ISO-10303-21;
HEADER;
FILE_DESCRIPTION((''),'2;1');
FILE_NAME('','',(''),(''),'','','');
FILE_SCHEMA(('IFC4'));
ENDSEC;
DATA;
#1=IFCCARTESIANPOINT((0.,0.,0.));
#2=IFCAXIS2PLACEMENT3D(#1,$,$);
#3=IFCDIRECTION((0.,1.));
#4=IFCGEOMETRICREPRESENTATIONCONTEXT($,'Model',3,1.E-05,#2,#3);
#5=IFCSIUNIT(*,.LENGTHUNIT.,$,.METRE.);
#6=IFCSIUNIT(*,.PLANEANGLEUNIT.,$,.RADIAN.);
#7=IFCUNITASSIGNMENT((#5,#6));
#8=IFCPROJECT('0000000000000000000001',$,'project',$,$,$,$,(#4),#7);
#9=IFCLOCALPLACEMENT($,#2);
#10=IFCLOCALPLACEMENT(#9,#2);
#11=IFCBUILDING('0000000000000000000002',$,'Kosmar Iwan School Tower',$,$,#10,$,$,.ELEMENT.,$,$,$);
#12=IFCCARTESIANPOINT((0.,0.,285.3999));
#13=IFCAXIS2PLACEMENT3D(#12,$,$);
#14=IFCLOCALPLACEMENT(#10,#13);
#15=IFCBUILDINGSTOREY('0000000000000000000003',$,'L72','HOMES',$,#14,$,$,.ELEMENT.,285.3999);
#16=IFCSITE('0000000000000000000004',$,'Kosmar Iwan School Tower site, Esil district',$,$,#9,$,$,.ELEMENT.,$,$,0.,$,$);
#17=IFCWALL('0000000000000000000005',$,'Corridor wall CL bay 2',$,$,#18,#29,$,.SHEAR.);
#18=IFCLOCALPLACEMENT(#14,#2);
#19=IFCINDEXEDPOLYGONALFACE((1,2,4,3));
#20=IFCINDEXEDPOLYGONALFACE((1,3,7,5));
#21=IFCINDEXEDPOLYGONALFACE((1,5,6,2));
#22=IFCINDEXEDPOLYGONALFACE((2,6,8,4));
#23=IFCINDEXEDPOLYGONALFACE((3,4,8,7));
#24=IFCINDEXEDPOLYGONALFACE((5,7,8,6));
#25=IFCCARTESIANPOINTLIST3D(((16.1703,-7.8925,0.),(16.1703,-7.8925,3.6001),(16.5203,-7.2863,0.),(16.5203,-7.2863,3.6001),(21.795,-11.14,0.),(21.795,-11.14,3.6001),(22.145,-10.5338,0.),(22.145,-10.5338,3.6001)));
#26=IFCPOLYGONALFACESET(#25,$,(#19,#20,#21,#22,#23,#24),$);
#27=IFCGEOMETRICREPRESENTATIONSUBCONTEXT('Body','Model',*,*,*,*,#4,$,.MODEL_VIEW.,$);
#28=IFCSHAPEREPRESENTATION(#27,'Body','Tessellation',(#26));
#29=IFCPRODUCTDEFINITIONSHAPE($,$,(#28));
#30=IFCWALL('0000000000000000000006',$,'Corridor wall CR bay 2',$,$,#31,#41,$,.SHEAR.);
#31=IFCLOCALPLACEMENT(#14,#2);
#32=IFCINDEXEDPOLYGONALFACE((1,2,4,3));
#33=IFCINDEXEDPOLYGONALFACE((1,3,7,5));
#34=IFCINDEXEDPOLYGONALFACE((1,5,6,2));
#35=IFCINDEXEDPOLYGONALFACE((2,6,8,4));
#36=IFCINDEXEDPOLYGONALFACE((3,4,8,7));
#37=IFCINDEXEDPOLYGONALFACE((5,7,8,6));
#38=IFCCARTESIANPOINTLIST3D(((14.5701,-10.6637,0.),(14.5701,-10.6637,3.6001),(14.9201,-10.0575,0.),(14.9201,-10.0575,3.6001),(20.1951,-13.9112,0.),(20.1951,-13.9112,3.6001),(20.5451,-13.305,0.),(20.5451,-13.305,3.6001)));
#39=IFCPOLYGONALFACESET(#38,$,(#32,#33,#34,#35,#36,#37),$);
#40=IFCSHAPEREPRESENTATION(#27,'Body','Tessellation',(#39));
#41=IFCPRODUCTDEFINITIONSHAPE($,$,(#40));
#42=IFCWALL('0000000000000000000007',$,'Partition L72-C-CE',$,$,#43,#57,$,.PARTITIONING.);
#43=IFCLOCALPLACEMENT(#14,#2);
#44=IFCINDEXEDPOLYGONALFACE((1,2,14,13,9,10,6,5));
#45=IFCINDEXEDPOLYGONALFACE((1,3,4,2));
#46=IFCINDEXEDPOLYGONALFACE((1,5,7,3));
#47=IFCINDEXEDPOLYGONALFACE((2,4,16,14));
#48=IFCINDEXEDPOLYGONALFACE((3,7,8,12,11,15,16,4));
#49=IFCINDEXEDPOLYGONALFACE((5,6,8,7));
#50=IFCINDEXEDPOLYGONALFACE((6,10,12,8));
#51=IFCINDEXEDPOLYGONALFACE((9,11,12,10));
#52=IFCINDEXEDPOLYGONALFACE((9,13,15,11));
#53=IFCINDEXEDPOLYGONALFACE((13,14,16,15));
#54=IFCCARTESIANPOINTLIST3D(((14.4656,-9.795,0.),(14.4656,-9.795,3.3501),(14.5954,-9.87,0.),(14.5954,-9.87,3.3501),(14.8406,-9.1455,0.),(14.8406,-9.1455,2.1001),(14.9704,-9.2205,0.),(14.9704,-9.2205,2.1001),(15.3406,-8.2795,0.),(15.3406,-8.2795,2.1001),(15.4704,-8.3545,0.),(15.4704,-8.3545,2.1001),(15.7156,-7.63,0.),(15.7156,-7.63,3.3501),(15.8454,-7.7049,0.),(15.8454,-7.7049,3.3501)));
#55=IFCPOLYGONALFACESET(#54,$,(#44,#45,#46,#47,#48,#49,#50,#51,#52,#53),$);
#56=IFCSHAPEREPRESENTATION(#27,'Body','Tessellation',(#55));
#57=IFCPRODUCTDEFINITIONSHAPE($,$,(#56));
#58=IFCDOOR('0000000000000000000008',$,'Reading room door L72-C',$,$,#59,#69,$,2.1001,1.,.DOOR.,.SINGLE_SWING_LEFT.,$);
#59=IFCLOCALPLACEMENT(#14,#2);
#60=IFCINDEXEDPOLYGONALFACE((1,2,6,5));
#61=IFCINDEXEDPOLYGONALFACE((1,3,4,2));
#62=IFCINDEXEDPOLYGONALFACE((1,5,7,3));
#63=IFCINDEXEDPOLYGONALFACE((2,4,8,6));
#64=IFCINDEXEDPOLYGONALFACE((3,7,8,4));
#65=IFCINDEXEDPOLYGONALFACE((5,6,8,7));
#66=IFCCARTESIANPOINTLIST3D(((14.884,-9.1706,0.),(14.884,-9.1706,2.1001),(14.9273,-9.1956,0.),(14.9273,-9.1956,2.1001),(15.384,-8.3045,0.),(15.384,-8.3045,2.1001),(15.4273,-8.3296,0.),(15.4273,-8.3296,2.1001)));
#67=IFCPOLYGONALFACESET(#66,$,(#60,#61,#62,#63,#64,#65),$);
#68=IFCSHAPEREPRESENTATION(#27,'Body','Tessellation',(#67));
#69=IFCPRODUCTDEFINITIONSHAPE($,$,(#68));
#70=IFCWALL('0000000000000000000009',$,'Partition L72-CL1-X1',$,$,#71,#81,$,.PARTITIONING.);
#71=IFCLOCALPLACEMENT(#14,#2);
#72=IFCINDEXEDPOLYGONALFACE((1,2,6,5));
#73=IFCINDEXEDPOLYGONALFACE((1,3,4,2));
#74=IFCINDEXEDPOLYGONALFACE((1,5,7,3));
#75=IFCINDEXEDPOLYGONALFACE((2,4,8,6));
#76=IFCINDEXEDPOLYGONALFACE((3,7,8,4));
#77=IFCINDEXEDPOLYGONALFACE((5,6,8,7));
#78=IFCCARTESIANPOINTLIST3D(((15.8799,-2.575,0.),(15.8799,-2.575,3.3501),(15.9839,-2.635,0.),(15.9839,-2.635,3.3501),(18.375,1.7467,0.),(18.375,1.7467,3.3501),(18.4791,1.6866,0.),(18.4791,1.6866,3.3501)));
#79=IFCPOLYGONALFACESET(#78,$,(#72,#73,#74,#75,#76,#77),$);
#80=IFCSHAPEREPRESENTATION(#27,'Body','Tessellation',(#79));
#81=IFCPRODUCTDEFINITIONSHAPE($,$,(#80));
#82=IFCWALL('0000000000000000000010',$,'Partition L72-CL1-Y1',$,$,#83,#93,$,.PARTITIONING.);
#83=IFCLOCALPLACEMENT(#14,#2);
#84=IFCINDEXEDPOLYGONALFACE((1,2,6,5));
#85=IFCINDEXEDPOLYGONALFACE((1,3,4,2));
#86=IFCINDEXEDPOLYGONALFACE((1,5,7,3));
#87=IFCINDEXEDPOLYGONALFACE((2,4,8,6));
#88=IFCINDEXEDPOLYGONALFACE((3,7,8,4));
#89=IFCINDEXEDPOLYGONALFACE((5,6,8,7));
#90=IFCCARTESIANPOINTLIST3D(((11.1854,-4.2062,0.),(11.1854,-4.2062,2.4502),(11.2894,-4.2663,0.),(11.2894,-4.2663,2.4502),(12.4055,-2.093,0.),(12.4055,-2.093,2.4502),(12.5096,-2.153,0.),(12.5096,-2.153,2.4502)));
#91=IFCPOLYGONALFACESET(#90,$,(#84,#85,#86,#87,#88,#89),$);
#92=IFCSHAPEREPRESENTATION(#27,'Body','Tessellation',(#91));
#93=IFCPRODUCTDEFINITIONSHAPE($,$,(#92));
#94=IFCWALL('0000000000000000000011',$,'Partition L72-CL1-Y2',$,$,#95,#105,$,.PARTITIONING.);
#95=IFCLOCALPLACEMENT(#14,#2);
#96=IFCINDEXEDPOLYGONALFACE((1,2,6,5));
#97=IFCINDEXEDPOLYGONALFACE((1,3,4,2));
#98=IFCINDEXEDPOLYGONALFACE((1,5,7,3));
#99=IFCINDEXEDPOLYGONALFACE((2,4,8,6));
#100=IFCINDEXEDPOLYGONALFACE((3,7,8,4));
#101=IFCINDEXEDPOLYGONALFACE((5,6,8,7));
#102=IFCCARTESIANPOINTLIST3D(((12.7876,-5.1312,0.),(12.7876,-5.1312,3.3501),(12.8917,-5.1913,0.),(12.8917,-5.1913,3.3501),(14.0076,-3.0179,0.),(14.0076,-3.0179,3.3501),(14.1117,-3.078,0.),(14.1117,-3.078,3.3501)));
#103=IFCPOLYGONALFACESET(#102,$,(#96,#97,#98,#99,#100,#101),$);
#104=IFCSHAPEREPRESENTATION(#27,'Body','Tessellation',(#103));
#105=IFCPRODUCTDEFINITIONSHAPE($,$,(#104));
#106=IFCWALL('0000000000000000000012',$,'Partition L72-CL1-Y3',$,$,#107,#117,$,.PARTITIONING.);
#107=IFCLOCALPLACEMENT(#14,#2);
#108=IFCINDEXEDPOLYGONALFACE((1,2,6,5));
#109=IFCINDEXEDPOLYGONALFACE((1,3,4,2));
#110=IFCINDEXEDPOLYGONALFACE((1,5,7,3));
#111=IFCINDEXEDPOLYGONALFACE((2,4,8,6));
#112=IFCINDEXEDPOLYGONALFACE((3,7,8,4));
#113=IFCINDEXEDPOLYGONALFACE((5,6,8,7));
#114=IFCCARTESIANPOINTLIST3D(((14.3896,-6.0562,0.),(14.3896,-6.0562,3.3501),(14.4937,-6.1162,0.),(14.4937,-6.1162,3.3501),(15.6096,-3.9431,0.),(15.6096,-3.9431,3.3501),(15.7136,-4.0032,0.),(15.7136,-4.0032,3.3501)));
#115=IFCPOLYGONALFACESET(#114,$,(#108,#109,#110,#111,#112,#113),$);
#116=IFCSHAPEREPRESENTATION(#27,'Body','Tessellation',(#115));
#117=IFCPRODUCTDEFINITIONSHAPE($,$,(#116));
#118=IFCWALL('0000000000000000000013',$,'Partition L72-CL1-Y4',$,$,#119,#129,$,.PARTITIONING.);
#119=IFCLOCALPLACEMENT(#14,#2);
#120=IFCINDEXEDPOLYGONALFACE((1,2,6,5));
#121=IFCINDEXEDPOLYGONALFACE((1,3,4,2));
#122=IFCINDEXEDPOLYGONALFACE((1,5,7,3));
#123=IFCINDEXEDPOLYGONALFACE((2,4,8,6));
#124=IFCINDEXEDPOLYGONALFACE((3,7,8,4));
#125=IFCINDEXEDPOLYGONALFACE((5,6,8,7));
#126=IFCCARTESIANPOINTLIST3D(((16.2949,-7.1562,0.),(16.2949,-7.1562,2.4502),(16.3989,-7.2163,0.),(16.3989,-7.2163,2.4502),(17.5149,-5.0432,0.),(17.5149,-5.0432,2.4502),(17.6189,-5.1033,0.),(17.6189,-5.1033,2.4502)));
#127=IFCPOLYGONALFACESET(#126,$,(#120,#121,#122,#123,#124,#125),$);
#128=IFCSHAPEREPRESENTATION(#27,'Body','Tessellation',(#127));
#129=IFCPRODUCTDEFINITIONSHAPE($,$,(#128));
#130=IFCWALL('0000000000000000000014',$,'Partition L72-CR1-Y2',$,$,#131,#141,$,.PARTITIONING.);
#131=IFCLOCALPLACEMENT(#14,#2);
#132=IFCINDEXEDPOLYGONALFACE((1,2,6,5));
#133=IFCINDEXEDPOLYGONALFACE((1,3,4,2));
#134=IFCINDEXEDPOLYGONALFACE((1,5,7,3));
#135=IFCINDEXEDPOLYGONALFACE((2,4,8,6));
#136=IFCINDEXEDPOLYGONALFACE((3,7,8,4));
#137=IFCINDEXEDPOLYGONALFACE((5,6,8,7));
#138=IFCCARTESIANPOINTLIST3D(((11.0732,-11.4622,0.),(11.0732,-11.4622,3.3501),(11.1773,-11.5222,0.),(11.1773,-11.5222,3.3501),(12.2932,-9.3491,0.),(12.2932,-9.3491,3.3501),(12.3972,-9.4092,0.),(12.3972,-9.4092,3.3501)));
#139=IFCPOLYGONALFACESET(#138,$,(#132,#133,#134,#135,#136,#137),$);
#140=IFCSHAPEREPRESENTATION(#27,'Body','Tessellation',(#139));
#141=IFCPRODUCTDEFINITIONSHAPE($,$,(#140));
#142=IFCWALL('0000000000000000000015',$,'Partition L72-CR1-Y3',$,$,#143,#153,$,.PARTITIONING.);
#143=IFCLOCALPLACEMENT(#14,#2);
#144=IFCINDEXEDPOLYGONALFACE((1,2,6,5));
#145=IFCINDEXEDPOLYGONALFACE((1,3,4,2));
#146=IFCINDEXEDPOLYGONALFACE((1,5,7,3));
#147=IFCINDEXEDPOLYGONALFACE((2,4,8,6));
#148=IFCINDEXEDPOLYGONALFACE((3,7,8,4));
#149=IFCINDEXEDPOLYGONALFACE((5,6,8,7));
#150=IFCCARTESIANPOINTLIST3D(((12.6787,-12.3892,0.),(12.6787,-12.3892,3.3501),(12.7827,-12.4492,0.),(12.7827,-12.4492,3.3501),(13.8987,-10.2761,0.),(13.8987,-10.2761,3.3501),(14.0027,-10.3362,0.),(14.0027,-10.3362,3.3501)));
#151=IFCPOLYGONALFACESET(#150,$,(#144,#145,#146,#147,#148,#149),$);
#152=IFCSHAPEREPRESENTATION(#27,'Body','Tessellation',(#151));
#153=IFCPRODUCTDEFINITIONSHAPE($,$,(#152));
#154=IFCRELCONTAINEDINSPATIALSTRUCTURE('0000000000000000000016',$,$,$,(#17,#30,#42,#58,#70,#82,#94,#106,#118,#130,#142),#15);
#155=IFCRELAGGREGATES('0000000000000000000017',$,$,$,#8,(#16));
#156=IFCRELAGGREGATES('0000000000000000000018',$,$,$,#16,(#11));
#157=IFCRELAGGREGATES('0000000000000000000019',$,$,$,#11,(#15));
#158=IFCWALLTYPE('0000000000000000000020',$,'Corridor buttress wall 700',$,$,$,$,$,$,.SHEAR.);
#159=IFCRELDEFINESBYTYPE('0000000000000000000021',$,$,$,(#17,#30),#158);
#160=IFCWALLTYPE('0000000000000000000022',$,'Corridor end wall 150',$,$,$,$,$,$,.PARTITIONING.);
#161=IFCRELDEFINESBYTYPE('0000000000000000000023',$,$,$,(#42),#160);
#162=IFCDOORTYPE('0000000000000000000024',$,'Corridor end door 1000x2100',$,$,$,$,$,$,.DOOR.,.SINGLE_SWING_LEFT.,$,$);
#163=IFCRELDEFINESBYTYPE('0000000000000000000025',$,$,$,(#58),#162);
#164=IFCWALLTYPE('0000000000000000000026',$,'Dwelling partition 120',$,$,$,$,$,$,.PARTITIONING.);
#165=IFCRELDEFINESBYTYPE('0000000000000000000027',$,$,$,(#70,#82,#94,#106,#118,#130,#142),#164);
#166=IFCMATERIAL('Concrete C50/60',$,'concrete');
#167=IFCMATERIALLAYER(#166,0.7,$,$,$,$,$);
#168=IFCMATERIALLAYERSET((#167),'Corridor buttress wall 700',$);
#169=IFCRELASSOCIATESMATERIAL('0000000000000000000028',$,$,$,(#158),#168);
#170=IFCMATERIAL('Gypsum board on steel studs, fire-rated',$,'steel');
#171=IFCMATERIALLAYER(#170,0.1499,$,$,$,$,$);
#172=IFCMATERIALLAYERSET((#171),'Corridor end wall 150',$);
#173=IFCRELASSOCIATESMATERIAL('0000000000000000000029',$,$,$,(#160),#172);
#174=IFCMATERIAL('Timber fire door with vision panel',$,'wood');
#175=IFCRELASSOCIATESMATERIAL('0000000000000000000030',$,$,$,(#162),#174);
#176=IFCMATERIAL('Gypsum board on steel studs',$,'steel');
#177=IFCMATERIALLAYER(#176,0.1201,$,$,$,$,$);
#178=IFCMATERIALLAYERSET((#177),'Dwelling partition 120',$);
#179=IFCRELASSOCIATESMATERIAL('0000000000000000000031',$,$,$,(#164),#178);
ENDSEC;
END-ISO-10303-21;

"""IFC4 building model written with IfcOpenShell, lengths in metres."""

from ifc_helpers import new_model, si_unit, direction, frame, frame_2d, origin, place, context, subcontext, project, spatial, rectangle, extrude, material, layer, layer_set, type_object, element, fill, save


model = new_model("IFC4")

# Units and contexts
model_context = context("Model", 3, precision=1e-05, world=origin(), true_north=direction((0.0, 1.0)))
body_context = subcontext(model_context, "Body", "Model", "MODEL_VIEW")
ifc_project = project(units=[si_unit("LENGTHUNIT", "METRE"), si_unit("PLANEANGLEUNIT", "RADIAN")], contexts=[model_context])

# Site, building, storey
site_placement = place(None, origin())
site = spatial("IfcSite", under=ifc_project, at=site_placement, Name="Kosmar Iwan School Tower site, Esil district", CompositionType="ELEMENT", RefElevation=0.0)
building_placement = place(site_placement, origin())
building = spatial("IfcBuilding", under=site, at=building_placement, Name="Kosmar Iwan School Tower", CompositionType="ELEMENT")
storey_placement = place(building_placement, frame((0.0, 0.0, 285.3999)))
storey = spatial("IfcBuildingStorey", under=building, at=storey_placement, Name="L72", Description="HOMES", CompositionType="ELEMENT", Elevation=285.3999)

# Walls
ifc_material_1 = material(Name="Concrete C50/60", Category="concrete")
ifc_layer_1 = layer(ifc_material_1, 0.7)
ifc_layer_set_1 = layer_set([ifc_layer_1], Name="Corridor buttress wall 700")
wall_type_1 = type_object("IfcWallType", Name="Corridor buttress wall 700", PredefinedType="SHEAR", material=ifc_layer_set_1)
wall_1_placement = place(storey_placement, frame((16.3452, -7.5894, 0.0), z_axis=(0.0, 0.0, 1.0), x_axis=(0.866018, -0.500012, 0.0)))
element("IfcWall", 1, at=wall_1_placement, inside=storey, type_object=wall_type_1, Name="Corridor wall CL bay 2", PredefinedType="SHEAR", context=body_context, shape_type="SweptSolid", body=[
    extrude(rectangle(XDim=6.4949, YDim=0.7, at=frame_2d((3.2476, 0.0))), origin(), (0.0, 0.0, 1.0), 3.6001),
])
wall_2_placement = place(storey_placement, frame((14.7451, -10.3606, 0.0), z_axis=(0.0, 0.0, 1.0), x_axis=(0.866028, -0.499996, 0.0)))
element("IfcWall", 2, at=wall_2_placement, inside=storey, type_object=wall_type_1, Name="Corridor wall CR bay 2", PredefinedType="SHEAR", context=body_context, shape_type="SweptSolid", body=[
    extrude(rectangle(XDim=6.4951, YDim=0.7, at=frame_2d((3.2476, 0.0))), origin(), (0.0, 0.0, 1.0), 3.6001),
])

# Wall, opening, door
ifc_material_2 = material(Name="Gypsum board on steel studs, fire-rated", Category="steel")
ifc_layer_2 = layer(ifc_material_2, 0.1499)
ifc_layer_set_2 = layer_set([ifc_layer_2], Name="Corridor end wall 150")
wall_type_2 = type_object("IfcWallType", Name="Corridor end wall 150", PredefinedType="PARTITIONING", material=ifc_layer_set_2)
wall_3_placement = place(storey_placement, frame((14.5305, -9.8325, 0.0), z_axis=(0.0, 0.0, 1.0), x_axis=(0.500004, 0.866023, 0.0)))
wall_3 = element("IfcWall", 3, at=wall_3_placement, inside=storey, type_object=wall_type_2, Name="Partition L72-C-CE", PredefinedType="PARTITIONING", context=body_context, shape_type="SweptSolid", body=[
    extrude(rectangle(XDim=2.5, YDim=0.1499, at=frame_2d((1.25, 0.0))), origin(), (0.0, 0.0, 1.0), 3.3501),
])
opening_placement = place(wall_3_placement, frame((0.75, 0.0, 0.0)))
opening = element("IfcOpeningElement", 4, at=opening_placement, cuts=wall_3, PredefinedType="OPENING", context=body_context, shape_type="SweptSolid", body=[
    extrude(rectangle(XDim=1.0, YDim=2.1001, at=frame_2d((0.5, 1.05))), frame((0.0, 0.0869, 0.0), z_axis=(0.0, -1.0, 0.0), x_axis=(1.0, 0.0, 0.0)), (0.0, 0.0, 1.0), 0.1738),
])
ifc_material_3 = material(Name="Timber fire door with vision panel", Category="wood")
door_type = type_object("IfcDoorType", Name="Corridor end door 1000x2100", OperationType="SINGLE_SWING_LEFT", PredefinedType="DOOR", material=ifc_material_3)
door_placement = place(opening_placement, origin())
door = element("IfcDoor", 5, at=door_placement, inside=storey, type_object=door_type, Name="Reading room door L72-C", OperationType="SINGLE_SWING_LEFT", OverallHeight=2.1001, OverallWidth=1.0, PredefinedType="DOOR", context=body_context, shape_type="SweptSolid", body=[
    extrude(rectangle(XDim=1.0, YDim=2.1001, at=frame_2d((0.5, 1.05))), frame((0.0, 0.0249, 0.0), z_axis=(0.0, -1.0, 0.0), x_axis=(1.0, 0.0, 0.0)), (0.0, 0.0, 1.0), 0.05),
])
fill(opening, door)

# Walls
ifc_material_4 = material(Name="Gypsum board on steel studs", Category="steel")
ifc_layer_3 = layer(ifc_material_4, 0.1201)
ifc_layer_set_3 = layer_set([ifc_layer_3], Name="Dwelling partition 120")
wall_type_3 = type_object("IfcWallType", Name="Dwelling partition 120", PredefinedType="PARTITIONING", material=ifc_layer_set_3)
wall_4_placement = place(storey_placement, frame((15.9319, -2.605, 0.0), z_axis=(0.0, 0.0, 1.0), x_axis=(0.500012, 0.866019, 0.0)))
element("IfcWall", 6, at=wall_4_placement, inside=storey, type_object=wall_type_3, Name="Partition L72-CL1-X1", PredefinedType="PARTITIONING", context=body_context, shape_type="SweptSolid", body=[
    extrude(rectangle(XDim=4.9902, YDim=0.1201, at=frame_2d((2.4951, 0.0))), origin(), (0.0, 0.0, 1.0), 3.3501),
])
wall_5_placement = place(storey_placement, frame((11.2373, -4.2363, 0.0), z_axis=(0.0, 0.0, 1.0), x_axis=(0.500034, 0.866006, 0.0)))
element("IfcWall", 7, at=wall_5_placement, inside=storey, type_object=wall_type_3, Name="Partition L72-CL1-Y1", PredefinedType="PARTITIONING", context=body_context, shape_type="SweptSolid", body=[
    extrude(rectangle(XDim=2.4402, YDim=0.1201, at=frame_2d((1.2202, 0.0))), origin(), (0.0, 0.0, 1.0), 2.4502),
])
wall_6_placement = place(storey_placement, frame((12.8396, -5.1614, 0.0), z_axis=(0.0, 0.0, 1.0), x_axis=(0.499959, 0.866049, 0.0)))
element("IfcWall", 8, at=wall_6_placement, inside=storey, type_object=wall_type_3, Name="Partition L72-CL1-Y2", PredefinedType="PARTITIONING", context=body_context, shape_type="SweptSolid", body=[
    extrude(rectangle(XDim=2.4402, YDim=0.1201, at=frame_2d((1.2202, 0.0))), origin(), (0.0, 0.0, 1.0), 3.3501),
])
wall_7_placement = place(storey_placement, frame((14.4417, -6.0862, 0.0), z_axis=(0.0, 0.0, 1.0), x_axis=(0.500003, 0.866024, 0.0)))
element("IfcWall", 9, at=wall_7_placement, inside=storey, type_object=wall_type_3, Name="Partition L72-CL1-Y3", PredefinedType="PARTITIONING", context=body_context, shape_type="SweptSolid", body=[
    extrude(rectangle(XDim=2.4399, YDim=0.1201, at=frame_2d((1.22, 0.0))), origin(), (0.0, 0.0, 1.0), 3.3501),
])
wall_8_placement = place(storey_placement, frame((16.3469, -7.1863, 0.0), z_axis=(0.0, 0.0, 1.0), x_axis=(0.500003, 0.866024, 0.0)))
element("IfcWall", 10, at=wall_8_placement, inside=storey, type_object=wall_type_3, Name="Partition L72-CL1-Y4", PredefinedType="PARTITIONING", context=body_context, shape_type="SweptSolid", body=[
    extrude(rectangle(XDim=2.4399, YDim=0.1201, at=frame_2d((1.22, 0.0))), origin(), (0.0, 0.0, 1.0), 2.4502),
])
for number, where, z_axis, x_axis, name in (
    (11, (12.3452, -9.3792, 0.0), (0.0, 0.0, 1.0), (-0.500003, -0.866024, 0.0), "Partition L72-CR1-Y2"),
    (12, (13.9507, -10.3062, 0.0), (0.0, 0.0, 1.0), (-0.500003, -0.866024, 0.0), "Partition L72-CR1-Y3"),
):
    element("IfcWall", number, at=place(storey_placement, frame(where, z_axis=z_axis, x_axis=x_axis)), inside=storey, type_object=wall_type_3, Name=name, PredefinedType="PARTITIONING", context=body_context, shape_type="SweptSolid", body=[
        extrude(rectangle(XDim=2.4399, YDim=0.1201, at=frame_2d((1.22, 0.0))), origin(), (0.0, 0.0, 1.0), 3.3501),
    ])

save(model, "model.ifc")
